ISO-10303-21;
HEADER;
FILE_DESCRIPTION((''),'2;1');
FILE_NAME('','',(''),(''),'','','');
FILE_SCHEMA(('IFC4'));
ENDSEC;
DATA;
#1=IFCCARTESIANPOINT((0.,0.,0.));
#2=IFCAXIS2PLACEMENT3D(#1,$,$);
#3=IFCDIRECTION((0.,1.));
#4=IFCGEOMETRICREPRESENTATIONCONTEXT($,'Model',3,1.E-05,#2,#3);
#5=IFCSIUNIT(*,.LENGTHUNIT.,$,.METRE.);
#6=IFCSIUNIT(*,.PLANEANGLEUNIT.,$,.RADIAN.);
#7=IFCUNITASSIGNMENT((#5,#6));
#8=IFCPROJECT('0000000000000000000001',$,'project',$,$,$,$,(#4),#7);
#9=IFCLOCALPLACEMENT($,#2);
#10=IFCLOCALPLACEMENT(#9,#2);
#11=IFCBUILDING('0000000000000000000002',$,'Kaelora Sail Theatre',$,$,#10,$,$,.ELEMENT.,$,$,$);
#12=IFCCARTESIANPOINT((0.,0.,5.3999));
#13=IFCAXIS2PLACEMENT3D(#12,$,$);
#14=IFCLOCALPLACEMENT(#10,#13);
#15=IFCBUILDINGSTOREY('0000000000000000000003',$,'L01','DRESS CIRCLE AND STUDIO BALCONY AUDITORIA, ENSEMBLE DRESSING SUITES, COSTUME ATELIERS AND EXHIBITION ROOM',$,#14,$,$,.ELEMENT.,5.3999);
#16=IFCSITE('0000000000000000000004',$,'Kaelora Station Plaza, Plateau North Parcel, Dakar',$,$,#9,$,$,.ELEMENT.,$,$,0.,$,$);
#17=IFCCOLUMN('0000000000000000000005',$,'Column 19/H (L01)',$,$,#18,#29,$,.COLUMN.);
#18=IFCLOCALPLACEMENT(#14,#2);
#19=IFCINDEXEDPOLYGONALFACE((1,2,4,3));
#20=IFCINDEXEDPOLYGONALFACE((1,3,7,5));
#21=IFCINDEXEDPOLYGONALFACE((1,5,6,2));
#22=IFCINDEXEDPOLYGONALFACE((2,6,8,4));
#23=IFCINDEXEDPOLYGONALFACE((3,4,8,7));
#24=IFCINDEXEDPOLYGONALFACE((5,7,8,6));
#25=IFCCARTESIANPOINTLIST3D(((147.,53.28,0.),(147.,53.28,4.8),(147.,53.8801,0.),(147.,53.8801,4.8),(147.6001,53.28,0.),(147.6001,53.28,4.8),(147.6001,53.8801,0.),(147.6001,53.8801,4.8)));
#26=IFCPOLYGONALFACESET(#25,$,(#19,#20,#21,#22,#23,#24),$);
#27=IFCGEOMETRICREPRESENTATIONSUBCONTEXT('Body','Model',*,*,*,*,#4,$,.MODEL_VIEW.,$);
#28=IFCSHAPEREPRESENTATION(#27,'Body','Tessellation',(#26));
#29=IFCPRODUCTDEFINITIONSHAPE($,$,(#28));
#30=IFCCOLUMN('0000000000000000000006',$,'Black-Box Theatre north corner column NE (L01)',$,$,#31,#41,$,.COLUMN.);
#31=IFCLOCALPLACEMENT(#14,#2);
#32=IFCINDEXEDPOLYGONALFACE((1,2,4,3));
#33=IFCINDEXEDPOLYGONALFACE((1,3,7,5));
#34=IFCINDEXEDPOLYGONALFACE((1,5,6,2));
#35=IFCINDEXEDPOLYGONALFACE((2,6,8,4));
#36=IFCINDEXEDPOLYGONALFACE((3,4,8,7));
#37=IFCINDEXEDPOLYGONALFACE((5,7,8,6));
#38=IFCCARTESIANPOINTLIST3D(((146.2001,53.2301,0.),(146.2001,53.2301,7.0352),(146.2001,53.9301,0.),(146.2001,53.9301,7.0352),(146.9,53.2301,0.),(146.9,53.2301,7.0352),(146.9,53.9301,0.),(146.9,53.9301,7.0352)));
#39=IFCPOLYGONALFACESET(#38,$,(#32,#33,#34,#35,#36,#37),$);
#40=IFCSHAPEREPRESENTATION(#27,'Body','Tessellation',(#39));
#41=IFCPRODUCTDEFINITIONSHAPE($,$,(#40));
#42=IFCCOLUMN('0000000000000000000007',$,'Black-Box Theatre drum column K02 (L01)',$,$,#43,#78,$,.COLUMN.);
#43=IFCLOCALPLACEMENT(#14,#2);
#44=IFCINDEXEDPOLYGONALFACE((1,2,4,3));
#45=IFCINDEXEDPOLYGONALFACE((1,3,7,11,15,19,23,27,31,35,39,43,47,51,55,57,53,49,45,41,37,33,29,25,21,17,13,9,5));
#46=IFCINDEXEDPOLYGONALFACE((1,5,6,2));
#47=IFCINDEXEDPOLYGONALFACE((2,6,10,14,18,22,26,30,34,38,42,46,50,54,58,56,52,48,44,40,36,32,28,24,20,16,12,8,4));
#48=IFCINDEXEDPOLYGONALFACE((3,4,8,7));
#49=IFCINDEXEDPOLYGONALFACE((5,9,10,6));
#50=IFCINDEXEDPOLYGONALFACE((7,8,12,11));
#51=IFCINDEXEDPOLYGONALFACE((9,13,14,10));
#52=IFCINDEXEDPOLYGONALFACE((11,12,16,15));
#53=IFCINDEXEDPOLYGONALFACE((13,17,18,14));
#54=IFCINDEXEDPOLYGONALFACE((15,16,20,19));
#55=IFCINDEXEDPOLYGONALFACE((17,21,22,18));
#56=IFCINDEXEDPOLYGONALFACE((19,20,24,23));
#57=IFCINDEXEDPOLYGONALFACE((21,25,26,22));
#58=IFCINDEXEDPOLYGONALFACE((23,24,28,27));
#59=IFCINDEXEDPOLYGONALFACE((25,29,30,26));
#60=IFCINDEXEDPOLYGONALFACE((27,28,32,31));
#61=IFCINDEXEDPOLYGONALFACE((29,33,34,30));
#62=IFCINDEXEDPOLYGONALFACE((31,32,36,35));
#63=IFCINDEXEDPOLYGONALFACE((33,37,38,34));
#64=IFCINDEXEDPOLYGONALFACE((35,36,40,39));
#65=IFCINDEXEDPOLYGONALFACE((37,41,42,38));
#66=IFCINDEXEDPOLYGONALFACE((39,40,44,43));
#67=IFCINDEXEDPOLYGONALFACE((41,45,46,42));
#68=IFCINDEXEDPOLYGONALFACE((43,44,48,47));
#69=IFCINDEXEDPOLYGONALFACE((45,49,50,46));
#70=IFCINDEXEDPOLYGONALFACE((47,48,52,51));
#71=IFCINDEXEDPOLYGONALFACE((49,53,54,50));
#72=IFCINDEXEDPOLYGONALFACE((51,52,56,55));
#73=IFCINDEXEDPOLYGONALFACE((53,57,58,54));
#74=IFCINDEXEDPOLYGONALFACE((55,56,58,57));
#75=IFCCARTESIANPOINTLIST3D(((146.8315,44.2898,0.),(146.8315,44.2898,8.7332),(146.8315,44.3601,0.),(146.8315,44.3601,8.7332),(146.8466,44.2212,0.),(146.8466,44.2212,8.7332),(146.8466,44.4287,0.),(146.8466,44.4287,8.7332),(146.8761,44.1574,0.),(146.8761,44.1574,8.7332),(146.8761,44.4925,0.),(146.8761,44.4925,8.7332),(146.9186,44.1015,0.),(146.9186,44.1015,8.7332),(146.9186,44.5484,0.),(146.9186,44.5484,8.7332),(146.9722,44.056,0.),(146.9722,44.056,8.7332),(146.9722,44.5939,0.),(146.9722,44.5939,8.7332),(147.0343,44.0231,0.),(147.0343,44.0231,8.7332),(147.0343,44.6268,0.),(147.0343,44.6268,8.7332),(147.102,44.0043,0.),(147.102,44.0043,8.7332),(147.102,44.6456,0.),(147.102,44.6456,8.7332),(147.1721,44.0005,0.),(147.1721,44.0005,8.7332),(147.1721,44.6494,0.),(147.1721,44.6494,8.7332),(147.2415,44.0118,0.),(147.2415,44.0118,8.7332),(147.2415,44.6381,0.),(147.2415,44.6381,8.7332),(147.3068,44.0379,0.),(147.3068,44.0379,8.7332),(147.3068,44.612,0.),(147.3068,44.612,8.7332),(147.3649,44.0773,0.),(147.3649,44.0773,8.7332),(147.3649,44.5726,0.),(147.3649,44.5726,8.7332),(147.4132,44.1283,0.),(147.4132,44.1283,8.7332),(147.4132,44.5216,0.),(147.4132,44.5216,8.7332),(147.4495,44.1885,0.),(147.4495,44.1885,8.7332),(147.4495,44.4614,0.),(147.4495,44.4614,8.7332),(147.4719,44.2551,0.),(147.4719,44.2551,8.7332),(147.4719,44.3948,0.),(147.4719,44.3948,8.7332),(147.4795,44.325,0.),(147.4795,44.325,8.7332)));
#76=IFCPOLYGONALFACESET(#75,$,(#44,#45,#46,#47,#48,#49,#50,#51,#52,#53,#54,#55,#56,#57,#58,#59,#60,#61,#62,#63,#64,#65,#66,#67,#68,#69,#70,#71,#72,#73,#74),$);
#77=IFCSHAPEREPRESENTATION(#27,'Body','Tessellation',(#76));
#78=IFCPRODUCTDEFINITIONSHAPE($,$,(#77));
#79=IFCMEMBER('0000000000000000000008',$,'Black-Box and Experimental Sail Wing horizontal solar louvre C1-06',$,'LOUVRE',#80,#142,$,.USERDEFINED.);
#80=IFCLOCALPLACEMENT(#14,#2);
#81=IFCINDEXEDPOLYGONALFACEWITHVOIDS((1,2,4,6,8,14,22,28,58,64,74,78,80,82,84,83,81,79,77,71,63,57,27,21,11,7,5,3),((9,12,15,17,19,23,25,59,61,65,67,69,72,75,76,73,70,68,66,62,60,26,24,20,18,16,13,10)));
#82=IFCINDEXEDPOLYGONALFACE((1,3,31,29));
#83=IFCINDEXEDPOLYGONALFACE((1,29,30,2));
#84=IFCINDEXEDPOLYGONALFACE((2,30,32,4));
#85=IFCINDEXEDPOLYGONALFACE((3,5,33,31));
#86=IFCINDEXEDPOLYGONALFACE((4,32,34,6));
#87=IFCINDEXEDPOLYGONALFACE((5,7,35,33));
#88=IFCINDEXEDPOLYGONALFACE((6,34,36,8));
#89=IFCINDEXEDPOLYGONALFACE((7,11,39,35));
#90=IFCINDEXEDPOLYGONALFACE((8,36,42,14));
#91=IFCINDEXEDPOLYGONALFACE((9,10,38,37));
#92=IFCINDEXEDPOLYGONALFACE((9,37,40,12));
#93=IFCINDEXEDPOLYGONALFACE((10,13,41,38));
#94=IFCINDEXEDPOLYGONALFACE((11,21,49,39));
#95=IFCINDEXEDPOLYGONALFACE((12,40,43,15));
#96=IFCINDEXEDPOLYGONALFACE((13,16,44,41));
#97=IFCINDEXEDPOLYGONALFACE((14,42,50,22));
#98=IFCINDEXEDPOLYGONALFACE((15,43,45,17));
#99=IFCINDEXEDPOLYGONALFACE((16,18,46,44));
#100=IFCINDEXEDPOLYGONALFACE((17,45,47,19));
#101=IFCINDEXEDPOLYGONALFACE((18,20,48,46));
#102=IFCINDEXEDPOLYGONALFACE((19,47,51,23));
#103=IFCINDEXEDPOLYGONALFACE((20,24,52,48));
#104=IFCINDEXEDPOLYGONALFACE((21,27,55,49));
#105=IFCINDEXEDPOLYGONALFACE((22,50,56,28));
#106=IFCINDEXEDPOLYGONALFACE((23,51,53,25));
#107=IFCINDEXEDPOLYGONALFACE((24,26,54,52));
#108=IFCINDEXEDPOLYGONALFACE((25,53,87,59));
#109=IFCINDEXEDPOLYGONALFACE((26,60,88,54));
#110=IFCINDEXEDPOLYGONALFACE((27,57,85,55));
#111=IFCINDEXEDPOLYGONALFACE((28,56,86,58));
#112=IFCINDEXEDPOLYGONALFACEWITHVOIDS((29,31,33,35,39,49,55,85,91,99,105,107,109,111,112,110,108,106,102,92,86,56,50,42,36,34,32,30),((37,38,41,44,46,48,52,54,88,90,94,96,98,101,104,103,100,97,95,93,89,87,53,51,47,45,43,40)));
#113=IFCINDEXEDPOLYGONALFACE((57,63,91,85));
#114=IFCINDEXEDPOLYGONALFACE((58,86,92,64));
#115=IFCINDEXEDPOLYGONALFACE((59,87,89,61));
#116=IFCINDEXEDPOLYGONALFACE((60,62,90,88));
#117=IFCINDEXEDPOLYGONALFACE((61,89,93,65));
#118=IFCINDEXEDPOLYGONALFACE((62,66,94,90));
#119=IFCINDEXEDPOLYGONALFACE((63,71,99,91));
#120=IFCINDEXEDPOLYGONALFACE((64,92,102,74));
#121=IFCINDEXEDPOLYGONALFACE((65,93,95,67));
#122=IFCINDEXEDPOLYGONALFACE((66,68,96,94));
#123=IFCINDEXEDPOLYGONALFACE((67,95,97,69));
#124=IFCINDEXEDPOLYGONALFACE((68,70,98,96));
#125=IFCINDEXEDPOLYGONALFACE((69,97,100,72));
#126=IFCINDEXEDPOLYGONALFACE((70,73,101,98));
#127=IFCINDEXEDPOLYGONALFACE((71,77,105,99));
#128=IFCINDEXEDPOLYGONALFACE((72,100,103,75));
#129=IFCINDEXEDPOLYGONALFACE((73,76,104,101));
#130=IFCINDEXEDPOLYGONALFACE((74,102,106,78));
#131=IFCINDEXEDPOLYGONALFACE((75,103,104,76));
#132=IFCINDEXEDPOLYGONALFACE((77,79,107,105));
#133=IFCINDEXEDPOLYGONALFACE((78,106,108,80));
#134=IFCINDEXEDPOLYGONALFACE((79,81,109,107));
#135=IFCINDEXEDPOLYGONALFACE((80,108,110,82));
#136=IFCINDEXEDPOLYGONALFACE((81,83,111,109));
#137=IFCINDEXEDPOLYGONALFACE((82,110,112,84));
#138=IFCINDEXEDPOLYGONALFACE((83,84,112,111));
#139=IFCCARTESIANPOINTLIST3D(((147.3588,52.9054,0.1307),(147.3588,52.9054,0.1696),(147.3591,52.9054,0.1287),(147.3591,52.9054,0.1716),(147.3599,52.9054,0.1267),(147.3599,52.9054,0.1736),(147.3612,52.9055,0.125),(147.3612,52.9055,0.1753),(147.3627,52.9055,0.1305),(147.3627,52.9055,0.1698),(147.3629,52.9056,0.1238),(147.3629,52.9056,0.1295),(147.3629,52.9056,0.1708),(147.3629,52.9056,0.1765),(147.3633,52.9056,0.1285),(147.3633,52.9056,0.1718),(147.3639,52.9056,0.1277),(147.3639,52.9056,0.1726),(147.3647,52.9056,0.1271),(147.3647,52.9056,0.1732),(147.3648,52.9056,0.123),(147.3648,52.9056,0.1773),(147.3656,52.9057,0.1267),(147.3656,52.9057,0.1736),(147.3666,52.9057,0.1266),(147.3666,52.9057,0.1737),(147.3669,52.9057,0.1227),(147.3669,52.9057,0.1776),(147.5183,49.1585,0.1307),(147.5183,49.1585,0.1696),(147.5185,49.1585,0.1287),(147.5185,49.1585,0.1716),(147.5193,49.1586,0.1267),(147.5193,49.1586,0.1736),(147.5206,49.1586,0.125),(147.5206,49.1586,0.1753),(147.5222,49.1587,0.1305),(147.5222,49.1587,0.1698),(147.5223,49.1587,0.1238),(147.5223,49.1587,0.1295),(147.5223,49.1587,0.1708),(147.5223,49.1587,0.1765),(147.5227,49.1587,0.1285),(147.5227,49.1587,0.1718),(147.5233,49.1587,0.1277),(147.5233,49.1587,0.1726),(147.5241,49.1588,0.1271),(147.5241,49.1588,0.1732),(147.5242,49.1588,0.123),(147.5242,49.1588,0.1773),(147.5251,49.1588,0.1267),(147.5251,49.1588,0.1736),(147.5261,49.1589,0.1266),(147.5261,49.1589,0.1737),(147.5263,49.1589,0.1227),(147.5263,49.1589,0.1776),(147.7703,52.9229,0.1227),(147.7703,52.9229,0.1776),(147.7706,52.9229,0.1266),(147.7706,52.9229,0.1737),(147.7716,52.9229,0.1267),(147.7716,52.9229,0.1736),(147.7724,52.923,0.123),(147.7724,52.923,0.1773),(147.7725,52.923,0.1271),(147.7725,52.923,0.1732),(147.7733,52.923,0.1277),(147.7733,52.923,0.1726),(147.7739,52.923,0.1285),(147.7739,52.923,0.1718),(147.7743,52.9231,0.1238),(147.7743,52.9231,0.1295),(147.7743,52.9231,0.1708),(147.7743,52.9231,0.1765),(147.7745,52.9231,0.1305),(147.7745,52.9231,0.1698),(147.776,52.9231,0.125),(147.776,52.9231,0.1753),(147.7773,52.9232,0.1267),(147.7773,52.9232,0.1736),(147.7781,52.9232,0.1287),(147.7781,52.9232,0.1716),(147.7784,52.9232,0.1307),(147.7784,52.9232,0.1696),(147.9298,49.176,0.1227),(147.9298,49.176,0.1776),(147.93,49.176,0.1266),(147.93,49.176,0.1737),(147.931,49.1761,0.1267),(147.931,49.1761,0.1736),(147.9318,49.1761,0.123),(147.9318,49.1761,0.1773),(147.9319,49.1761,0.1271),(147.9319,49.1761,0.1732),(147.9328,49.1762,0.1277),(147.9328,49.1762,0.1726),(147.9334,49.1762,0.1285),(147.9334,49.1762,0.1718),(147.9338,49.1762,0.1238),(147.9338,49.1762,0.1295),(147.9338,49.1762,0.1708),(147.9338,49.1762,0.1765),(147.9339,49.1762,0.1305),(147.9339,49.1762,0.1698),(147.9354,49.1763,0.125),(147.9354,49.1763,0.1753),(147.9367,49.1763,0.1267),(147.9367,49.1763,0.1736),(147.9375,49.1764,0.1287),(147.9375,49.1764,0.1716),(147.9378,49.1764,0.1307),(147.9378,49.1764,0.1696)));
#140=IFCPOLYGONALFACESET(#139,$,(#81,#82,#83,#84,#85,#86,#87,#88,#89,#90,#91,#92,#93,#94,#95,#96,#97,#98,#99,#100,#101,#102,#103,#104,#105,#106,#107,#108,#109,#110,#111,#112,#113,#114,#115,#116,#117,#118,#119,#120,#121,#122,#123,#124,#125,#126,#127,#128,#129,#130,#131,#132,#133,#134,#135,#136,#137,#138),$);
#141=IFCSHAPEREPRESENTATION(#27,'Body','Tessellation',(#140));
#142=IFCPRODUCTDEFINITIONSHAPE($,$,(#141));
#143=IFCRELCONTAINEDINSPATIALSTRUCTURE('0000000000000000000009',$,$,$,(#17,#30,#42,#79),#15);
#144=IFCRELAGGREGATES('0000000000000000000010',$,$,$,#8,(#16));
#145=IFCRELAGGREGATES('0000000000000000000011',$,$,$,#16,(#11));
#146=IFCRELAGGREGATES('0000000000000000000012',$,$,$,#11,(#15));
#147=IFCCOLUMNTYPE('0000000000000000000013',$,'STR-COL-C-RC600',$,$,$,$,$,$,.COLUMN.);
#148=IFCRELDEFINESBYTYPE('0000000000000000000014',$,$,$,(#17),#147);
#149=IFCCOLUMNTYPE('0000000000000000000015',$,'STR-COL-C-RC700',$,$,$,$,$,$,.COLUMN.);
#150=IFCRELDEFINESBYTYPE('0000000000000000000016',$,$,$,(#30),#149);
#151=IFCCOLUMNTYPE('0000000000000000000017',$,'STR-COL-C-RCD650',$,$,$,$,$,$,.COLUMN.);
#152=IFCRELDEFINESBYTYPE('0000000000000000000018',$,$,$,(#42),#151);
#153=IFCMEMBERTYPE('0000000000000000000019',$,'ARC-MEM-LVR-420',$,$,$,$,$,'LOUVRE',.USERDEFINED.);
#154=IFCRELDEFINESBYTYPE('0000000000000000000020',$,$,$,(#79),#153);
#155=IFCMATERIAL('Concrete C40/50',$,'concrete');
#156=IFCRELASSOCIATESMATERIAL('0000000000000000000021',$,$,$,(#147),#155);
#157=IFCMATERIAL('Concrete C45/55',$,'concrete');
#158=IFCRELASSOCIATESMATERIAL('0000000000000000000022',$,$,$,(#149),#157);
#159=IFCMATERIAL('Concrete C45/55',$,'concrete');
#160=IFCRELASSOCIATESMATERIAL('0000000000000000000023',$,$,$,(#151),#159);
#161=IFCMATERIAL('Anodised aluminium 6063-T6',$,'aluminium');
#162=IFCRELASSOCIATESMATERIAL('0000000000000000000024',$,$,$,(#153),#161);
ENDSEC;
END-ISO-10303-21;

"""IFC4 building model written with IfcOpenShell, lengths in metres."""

from ifc_helpers import new_model, si_unit, direction, frame, origin, origin_2d, place, context, subcontext, project, spatial, rectangle, hollow_rectangle, circle, extrude, material, material_profile, profile_set, type_object, element, save


model = new_model("IFC4")

# Units and contexts
model_context = context("Model", 3, precision=1e-05, world=origin(), true_north=direction((0.0, 1.0)))
body_context = subcontext(model_context, "Body", "Model", "MODEL_VIEW")
ifc_project = project(units=[si_unit("LENGTHUNIT", "METRE"), si_unit("PLANEANGLEUNIT", "RADIAN")], contexts=[model_context])

# Site, building, storey
site_placement = place(None, origin())
site = spatial("IfcSite", under=ifc_project, at=site_placement, Name="Kaelora Station Plaza, Plateau North Parcel, Dakar", CompositionType="ELEMENT", RefElevation=0.0)
building_placement = place(site_placement, origin())
building = spatial("IfcBuilding", under=site, at=building_placement, Name="Kaelora Sail Theatre", CompositionType="ELEMENT")
storey_placement = place(building_placement, frame((0.0, 0.0, 5.3999)))
storey = spatial("IfcBuildingStorey", under=building, at=storey_placement, Name="L01", Description="DRESS CIRCLE AND STUDIO BALCONY AUDITORIA, ENSEMBLE DRESSING SUITES, COSTUME ATELIERS AND EXHIBITION ROOM", CompositionType="ELEMENT", Elevation=5.3999)

# Columns
ifc_material_1 = material(Name="Concrete C40/50", Category="concrete")
ifc_material_profile_1 = material_profile(ifc_material_1, rectangle(XDim=0.6001, YDim=0.6001, at=origin_2d()), Name="RC-COL 600x600")
ifc_profile_set_1 = profile_set([ifc_material_profile_1], Name="Concrete C40/50")
column_type_1 = type_object("IfcColumnType", Name="STR-COL-C-RC600", PredefinedType="COLUMN", material=ifc_profile_set_1)
column_1_placement = place(storey_placement, frame((147.3, 53.5801, 0.0), z_axis=(0.0, 0.0, 1.0), x_axis=(1.0, 0.0, 0.0)))
element("IfcColumn", 1, at=column_1_placement, inside=storey, type_object=column_type_1, Name="Column 19/H (L01)", PredefinedType="COLUMN", context=body_context, shape_type="SweptSolid", body=[
    extrude(rectangle(XDim=0.6001, YDim=0.6001, at=origin_2d()), origin(), (0.0, 0.0, 1.0), 4.8),
])
ifc_material_2 = material(Name="Concrete C45/55", Category="concrete")
ifc_material_profile_2 = material_profile(ifc_material_2, rectangle(XDim=0.7, YDim=0.7, at=origin_2d()), Name="RC-COL 700x700")
ifc_profile_set_2 = profile_set([ifc_material_profile_2], Name="Concrete C45/55")
column_type_2 = type_object("IfcColumnType", Name="STR-COL-C-RC700", PredefinedType="COLUMN", material=ifc_profile_set_2)
column_2_placement = place(storey_placement, frame((146.55, 53.5801, 0.0), z_axis=(0.0, 0.0, 1.0), x_axis=(1.0, 0.0, 0.0)))
element("IfcColumn", 2, at=column_2_placement, inside=storey, type_object=column_type_2, Name="Black-Box Theatre north corner column NE (L01)", PredefinedType="COLUMN", context=body_context, shape_type="SweptSolid", body=[
    extrude(rectangle(XDim=0.7, YDim=0.7, at=origin_2d()), origin(), (0.0, 0.0, 1.0), 7.0352),
])
ifc_material_3 = material(Name="Concrete C45/55", Category="concrete")
ifc_material_profile_3 = material_profile(ifc_material_3, circle(Radius=0.325, at=origin_2d()), Name="RC-CCOL D650")
ifc_profile_set_3 = profile_set([ifc_material_profile_3], Name="Concrete C45/55")
column_type_3 = type_object("IfcColumnType", Name="STR-COL-C-RCD650", PredefinedType="COLUMN", material=ifc_profile_set_3)
column_3_placement = place(storey_placement, frame((147.1545, 44.325, 0.0), z_axis=(0.0, 0.0, 1.0), x_axis=(1.0, 0.0, 0.0)))
element("IfcColumn", 3, at=column_3_placement, inside=storey, type_object=column_type_3, Name="Black-Box Theatre drum column K02 (L01)", PredefinedType="COLUMN", context=body_context, shape_type="SweptSolid", body=[
    extrude(circle(Radius=0.325, at=origin_2d()), origin(), (0.0, 0.0, 1.0), 8.7332),
])

# Member
ifc_material_4 = material(Name="Anodised aluminium 6063-T6", Category="aluminium")
ifc_material_profile_4 = material_profile(ifc_material_4, hollow_rectangle(XDim=0.4199, YDim=0.0549, WallThickness=0.0039, InnerFilletRadius=0.0039, OuterFilletRadius=0.0081, at=origin_2d()), Name="LOUVRE 420x55x4")
ifc_profile_set_4 = profile_set([ifc_material_profile_4], Name="Anodised aluminium 6063-T6")
member_type = type_object("IfcMemberType", Name="ARC-MEM-LVR-420", ElementType="LOUVRE", PredefinedType="USERDEFINED", material=ifc_profile_set_4)
for number, where, z_axis, x_axis, name in (
    (4, (147.5686, 52.9143, 0.1501), (0.042511, -0.999096, 0.0), (0.999096, 0.042511, 0.0), "Black-Box and Experimental Sail Wing horizontal solar louvre C1-06"),
):
    element("IfcMember", number, at=place(storey_placement, frame(where, z_axis=z_axis, x_axis=x_axis)), inside=storey, type_object=member_type, Name=name, ObjectType="LOUVRE", PredefinedType="USERDEFINED", context=body_context, shape_type="SweptSolid", body=[
        extrude(hollow_rectangle(XDim=0.4199, YDim=0.0549, WallThickness=0.0039, InnerFilletRadius=0.0039, OuterFilletRadius=0.0081, at=origin_2d()), origin(), (0.0, 0.0, 1.0), 3.7502),
    ])

save(model, "model.ifc")
